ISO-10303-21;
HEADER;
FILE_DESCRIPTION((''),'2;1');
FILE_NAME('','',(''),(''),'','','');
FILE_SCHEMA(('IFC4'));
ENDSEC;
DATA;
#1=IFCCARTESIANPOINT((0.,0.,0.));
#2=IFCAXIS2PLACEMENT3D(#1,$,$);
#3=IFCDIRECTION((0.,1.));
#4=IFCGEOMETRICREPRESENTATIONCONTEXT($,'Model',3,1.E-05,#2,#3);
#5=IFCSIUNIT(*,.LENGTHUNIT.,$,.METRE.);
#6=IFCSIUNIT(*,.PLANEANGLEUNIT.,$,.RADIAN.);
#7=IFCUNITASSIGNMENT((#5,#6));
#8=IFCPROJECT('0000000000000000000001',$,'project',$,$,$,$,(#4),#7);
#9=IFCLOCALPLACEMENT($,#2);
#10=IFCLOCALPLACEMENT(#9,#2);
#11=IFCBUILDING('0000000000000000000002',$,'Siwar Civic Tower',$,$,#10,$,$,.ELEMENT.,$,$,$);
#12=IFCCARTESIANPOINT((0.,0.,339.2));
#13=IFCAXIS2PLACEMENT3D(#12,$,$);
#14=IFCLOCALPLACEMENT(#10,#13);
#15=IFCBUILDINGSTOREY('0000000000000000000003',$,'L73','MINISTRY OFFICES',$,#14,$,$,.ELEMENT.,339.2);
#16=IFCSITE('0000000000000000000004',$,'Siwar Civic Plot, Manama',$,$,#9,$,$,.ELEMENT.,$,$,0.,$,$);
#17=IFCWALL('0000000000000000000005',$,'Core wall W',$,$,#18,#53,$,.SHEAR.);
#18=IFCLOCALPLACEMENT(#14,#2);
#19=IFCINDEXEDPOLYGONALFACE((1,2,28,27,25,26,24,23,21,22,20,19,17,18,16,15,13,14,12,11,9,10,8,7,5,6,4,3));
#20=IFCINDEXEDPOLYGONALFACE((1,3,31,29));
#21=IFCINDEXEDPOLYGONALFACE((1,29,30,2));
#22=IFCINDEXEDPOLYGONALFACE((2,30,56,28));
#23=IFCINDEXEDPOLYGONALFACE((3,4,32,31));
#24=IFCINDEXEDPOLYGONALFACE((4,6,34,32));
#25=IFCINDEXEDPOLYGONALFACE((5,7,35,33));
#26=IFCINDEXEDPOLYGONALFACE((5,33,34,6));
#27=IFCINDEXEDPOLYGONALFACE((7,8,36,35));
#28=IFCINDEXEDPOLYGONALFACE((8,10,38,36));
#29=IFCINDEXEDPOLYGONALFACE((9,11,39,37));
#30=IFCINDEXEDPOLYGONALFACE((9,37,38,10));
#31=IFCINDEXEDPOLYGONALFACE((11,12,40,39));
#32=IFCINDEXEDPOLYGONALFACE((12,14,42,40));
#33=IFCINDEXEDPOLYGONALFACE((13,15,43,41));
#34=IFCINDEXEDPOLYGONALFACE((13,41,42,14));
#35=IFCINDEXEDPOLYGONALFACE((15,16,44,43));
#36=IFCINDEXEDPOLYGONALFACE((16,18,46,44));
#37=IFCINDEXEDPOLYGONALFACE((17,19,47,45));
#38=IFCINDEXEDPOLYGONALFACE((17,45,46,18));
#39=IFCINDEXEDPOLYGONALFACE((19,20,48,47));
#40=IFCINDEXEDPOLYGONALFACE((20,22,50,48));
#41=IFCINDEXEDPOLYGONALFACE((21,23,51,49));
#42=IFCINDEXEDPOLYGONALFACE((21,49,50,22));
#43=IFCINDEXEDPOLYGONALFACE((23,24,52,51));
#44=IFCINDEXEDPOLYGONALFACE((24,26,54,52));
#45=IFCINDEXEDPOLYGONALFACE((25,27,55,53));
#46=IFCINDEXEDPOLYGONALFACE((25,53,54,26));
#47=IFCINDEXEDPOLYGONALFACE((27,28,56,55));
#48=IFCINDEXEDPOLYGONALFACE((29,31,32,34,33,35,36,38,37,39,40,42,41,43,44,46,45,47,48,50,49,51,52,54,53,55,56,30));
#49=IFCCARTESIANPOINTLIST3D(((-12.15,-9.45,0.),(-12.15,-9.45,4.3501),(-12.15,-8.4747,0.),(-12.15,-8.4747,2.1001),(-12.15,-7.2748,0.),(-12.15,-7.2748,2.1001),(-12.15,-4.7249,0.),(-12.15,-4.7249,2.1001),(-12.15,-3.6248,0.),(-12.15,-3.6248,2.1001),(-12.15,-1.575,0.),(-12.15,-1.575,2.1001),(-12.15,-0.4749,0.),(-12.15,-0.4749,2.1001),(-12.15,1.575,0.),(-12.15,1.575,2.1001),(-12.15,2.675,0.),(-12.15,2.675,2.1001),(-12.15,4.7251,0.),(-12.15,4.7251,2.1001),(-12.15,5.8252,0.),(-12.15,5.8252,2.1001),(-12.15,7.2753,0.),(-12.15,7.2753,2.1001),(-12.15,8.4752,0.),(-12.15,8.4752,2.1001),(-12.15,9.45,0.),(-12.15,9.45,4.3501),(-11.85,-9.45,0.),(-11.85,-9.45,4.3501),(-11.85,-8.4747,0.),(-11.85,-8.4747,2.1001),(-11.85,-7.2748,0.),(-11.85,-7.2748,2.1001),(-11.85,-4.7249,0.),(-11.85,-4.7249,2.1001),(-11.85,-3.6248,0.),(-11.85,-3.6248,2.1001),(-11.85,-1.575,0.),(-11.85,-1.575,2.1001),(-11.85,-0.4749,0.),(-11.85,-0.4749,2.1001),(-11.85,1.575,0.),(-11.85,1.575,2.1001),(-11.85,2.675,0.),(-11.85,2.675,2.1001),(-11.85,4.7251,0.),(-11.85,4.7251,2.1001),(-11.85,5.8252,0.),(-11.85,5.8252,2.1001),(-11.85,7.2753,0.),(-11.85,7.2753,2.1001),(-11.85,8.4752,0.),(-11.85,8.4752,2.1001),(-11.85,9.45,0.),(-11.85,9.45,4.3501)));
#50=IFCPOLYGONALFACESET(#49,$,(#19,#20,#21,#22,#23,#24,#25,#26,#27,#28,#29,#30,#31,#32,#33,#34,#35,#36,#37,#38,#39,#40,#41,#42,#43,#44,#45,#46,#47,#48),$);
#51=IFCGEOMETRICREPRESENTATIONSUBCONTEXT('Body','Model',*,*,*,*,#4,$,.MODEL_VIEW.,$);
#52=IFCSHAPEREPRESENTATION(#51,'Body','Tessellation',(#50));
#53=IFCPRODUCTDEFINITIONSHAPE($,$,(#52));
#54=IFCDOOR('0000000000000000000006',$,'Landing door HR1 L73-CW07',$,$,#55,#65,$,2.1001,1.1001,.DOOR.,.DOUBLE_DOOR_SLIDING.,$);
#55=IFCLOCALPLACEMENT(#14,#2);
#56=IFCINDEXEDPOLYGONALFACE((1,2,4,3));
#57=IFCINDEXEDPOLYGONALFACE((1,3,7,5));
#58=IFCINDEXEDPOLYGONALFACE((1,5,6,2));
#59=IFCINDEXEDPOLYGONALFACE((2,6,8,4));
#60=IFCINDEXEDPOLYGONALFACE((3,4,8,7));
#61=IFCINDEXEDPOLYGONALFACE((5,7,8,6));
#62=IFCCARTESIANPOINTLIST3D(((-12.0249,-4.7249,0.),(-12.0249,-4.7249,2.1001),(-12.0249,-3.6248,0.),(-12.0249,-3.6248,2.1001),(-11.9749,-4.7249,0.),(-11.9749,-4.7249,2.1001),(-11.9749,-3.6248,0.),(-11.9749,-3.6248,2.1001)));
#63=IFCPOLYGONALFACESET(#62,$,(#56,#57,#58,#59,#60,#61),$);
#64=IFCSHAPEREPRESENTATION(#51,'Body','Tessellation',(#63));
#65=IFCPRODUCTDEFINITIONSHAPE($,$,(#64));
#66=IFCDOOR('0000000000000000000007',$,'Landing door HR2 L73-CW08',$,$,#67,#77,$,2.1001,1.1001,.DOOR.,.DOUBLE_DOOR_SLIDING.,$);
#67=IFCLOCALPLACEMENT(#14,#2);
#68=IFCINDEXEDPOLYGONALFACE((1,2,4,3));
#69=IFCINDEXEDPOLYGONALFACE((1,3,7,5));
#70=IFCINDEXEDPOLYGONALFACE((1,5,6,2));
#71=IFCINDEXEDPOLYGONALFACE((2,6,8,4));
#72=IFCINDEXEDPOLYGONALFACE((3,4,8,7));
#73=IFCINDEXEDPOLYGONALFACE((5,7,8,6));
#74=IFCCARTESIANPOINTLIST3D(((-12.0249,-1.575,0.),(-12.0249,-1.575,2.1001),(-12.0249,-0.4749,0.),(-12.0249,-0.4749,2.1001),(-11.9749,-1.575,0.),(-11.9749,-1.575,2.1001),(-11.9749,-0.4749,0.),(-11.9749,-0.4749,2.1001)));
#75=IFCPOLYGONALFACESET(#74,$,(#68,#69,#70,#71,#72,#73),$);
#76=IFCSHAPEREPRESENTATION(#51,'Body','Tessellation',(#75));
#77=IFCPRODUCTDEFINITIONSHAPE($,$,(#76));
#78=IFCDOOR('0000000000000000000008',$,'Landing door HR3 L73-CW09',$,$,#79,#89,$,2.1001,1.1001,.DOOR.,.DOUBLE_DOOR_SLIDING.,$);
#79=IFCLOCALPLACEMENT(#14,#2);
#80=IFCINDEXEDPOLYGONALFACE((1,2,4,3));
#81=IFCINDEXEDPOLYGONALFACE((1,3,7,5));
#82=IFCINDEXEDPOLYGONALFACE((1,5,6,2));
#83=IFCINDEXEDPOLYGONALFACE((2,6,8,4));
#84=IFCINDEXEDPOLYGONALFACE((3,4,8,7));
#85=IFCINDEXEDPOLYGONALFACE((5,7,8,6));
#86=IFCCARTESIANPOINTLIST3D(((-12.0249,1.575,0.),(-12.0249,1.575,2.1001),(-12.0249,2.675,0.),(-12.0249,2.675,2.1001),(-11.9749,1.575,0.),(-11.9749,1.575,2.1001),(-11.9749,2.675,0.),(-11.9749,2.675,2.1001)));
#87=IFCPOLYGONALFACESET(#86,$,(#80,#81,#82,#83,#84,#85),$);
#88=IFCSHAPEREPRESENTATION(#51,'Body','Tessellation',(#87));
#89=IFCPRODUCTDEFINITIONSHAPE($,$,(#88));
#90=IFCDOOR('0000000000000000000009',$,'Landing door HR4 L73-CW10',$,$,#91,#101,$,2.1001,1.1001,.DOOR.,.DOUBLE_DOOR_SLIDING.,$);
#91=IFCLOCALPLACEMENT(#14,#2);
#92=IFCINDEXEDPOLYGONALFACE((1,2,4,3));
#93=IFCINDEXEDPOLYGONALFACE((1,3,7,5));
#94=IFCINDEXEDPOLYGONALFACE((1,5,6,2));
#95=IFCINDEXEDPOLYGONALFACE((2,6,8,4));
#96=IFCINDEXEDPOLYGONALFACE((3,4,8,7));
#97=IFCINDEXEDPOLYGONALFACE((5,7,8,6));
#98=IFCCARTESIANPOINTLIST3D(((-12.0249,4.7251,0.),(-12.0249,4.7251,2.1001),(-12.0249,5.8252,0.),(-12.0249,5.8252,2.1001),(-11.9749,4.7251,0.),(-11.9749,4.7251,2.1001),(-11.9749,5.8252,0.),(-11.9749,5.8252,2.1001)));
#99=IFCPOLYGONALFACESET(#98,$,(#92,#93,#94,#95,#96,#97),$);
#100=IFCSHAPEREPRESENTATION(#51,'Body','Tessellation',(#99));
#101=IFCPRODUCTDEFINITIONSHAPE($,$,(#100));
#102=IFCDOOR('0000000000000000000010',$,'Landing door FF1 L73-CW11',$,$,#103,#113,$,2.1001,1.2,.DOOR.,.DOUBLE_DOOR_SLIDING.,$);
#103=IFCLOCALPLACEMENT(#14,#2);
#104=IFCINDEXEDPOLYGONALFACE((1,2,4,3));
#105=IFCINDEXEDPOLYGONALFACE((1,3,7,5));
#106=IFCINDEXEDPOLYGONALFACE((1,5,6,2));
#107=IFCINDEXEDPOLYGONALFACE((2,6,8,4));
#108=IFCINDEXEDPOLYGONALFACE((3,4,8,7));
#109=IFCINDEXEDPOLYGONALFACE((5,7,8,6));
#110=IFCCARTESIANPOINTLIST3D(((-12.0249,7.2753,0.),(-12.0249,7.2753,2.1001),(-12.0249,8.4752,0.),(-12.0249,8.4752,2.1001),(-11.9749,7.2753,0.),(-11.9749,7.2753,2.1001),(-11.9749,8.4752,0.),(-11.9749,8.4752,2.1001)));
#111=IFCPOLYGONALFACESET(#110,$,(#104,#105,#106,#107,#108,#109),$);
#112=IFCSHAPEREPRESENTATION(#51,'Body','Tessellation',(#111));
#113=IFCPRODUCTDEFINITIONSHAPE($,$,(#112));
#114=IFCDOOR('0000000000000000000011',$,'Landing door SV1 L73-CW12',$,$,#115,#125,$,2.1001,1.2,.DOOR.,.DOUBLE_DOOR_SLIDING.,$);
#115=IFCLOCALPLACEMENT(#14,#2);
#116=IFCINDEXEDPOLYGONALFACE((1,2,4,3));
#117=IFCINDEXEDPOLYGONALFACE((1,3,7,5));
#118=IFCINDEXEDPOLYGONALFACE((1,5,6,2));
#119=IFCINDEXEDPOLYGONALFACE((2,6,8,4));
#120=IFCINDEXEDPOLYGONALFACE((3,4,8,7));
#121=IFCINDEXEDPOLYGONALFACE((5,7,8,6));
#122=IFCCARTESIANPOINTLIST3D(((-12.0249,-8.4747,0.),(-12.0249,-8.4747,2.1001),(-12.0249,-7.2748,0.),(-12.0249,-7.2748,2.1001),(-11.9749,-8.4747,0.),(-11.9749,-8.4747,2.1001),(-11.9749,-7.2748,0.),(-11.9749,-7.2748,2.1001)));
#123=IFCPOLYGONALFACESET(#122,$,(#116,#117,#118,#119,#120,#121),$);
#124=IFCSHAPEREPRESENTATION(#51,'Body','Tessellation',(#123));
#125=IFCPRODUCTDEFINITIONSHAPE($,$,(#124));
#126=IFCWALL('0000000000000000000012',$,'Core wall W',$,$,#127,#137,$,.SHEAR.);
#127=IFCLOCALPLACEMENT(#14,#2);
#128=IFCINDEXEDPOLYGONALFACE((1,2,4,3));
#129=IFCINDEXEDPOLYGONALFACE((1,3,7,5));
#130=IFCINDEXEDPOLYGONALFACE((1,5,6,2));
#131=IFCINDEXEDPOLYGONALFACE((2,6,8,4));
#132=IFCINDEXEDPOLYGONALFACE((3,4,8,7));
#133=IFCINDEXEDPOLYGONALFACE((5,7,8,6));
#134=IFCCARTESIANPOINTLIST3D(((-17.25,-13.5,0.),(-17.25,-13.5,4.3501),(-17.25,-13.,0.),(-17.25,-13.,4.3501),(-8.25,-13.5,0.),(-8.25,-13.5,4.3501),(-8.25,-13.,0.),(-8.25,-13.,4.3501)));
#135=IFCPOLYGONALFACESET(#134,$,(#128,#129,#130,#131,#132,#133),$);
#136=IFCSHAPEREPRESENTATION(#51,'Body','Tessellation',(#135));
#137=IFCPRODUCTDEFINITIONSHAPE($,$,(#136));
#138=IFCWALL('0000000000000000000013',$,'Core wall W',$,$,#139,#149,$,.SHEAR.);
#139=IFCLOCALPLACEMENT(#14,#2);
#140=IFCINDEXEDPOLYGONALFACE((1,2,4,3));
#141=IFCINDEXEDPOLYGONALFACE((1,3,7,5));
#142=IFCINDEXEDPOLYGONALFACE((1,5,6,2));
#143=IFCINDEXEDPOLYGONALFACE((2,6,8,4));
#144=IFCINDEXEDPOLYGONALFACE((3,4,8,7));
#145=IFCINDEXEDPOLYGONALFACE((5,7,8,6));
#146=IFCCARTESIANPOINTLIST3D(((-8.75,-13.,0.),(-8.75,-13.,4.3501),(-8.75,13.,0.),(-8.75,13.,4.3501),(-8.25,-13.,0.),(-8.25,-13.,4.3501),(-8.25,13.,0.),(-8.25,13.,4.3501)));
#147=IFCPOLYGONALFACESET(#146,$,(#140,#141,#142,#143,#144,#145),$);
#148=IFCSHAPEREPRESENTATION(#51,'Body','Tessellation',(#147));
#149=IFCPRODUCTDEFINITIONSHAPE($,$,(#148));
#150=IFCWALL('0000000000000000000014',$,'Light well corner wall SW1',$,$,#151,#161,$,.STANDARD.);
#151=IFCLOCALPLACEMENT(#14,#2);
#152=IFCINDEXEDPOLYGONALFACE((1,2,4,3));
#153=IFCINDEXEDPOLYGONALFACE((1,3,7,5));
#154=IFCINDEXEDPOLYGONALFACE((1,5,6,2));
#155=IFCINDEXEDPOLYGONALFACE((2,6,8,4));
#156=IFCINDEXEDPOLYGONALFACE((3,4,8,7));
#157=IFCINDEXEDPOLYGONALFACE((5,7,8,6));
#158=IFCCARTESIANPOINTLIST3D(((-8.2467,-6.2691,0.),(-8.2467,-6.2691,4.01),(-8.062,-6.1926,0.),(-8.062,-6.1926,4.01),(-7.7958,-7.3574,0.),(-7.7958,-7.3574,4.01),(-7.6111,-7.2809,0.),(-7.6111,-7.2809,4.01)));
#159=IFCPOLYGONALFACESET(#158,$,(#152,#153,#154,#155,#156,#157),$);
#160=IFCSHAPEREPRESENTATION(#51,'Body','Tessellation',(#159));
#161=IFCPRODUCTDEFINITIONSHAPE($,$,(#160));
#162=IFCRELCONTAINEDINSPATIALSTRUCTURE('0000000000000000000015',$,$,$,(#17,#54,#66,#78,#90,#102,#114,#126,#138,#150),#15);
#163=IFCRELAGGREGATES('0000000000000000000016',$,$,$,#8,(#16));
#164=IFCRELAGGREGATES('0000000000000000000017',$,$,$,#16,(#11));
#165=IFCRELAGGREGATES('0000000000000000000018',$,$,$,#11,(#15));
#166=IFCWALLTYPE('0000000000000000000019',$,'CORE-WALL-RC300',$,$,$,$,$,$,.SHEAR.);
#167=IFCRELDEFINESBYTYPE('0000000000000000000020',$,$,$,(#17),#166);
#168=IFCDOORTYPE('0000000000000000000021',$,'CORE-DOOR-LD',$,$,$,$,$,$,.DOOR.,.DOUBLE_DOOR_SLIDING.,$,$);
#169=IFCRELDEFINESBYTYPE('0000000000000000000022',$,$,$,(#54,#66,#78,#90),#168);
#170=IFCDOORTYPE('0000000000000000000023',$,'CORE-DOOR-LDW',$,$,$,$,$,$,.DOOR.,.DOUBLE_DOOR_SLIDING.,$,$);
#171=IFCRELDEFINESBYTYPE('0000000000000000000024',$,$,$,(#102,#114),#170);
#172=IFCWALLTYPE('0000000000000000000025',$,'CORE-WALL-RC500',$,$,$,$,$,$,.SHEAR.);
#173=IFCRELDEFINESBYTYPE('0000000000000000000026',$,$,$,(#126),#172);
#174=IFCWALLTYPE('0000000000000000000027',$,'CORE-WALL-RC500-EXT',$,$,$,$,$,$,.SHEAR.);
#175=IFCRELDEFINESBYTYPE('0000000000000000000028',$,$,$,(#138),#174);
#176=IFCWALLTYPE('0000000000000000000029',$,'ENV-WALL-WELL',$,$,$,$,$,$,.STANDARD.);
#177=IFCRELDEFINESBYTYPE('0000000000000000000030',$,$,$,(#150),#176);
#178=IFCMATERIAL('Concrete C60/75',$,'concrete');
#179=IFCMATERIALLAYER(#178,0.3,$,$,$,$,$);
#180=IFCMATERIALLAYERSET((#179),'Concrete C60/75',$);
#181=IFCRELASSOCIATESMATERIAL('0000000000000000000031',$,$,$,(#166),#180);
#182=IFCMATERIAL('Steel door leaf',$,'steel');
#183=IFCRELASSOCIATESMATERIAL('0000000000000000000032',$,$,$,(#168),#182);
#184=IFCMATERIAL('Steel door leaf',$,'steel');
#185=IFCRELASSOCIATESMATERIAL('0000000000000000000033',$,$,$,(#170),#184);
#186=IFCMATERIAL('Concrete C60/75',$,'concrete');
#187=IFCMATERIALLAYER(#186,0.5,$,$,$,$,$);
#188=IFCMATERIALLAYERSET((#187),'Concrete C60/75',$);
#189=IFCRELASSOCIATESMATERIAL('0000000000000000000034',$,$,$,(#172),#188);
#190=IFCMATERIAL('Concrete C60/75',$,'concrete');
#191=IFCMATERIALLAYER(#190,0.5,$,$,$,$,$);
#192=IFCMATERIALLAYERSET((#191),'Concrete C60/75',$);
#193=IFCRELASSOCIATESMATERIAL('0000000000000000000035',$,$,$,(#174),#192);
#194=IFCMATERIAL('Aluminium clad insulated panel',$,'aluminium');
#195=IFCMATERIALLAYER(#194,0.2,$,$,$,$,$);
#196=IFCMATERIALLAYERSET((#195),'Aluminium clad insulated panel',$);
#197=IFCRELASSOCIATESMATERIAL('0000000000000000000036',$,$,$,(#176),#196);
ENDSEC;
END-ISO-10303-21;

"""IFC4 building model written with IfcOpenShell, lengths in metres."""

from ifc_helpers import new_model, si_unit, direction, frame, frame_2d, origin, place, context, subcontext, project, spatial, rectangle, extrude, material, layer, layer_set, type_object, element, fill, save


model = new_model("IFC4")

# Units and contexts
model_context = context("Model", 3, precision=1e-05, world=origin(), true_north=direction((0.0, 1.0)))
body_context = subcontext(model_context, "Body", "Model", "MODEL_VIEW")
ifc_project = project(units=[si_unit("LENGTHUNIT", "METRE"), si_unit("PLANEANGLEUNIT", "RADIAN")], contexts=[model_context])

# Site, building, storey
site_placement = place(None, origin())
site = spatial("IfcSite", under=ifc_project, at=site_placement, Name="Siwar Civic Plot, Manama", CompositionType="ELEMENT", RefElevation=0.0)
building_placement = place(site_placement, origin())
building = spatial("IfcBuilding", under=site, at=building_placement, Name="Siwar Civic Tower", CompositionType="ELEMENT")
storey_placement = place(building_placement, frame((0.0, 0.0, 339.2)))
storey = spatial("IfcBuildingStorey", under=building, at=storey_placement, Name="L73", Description="MINISTRY OFFICES", CompositionType="ELEMENT", Elevation=339.2)

# Wall, openings, doors
ifc_material_1 = material(Name="Concrete C60/75", Category="concrete")
ifc_layer_1 = layer(ifc_material_1, 0.3)
ifc_layer_set_1 = layer_set([ifc_layer_1], Name="Concrete C60/75")
wall_type_1 = type_object("IfcWallType", Name="CORE-WALL-RC300", PredefinedType="SHEAR", material=ifc_layer_set_1)
wall_1_placement = place(storey_placement, frame((-12.0, -9.45, 0.0), z_axis=(0.0, 0.0, 1.0), x_axis=(0.0, 1.0, 0.0)))
wall_1 = element("IfcWall", 1, at=wall_1_placement, inside=storey, type_object=wall_type_1, Name="Core wall W", PredefinedType="SHEAR", context=body_context, shape_type="SweptSolid", body=[
    extrude(rectangle(XDim=18.8999, YDim=0.3, at=frame_2d((9.45, 0.0))), origin(), (0.0, 0.0, 1.0), 4.3501),
])
opening_1_placement = place(wall_1_placement, frame((4.7251, 0.0, 0.0)))
opening_1 = element("IfcOpeningElement", 2, at=opening_1_placement, cuts=wall_1, PredefinedType="OPENING", context=body_context, shape_type="SweptSolid", body=[
    extrude(rectangle(XDim=1.1001, YDim=2.1001, at=frame_2d((0.55, 1.05))), frame((0.0, 0.1602, 0.0), z_axis=(0.0, -1.0, 0.0), x_axis=(1.0, 0.0, 0.0)), (0.0, 0.0, 1.0), 0.3201),
])
opening_2_placement = place(wall_1_placement, frame((7.875, 0.0, 0.0)))
opening_2 = element("IfcOpeningElement", 3, at=opening_2_placement, cuts=wall_1, PredefinedType="OPENING", context=body_context, shape_type="SweptSolid", body=[
    extrude(rectangle(XDim=1.1001, YDim=2.1001, at=frame_2d((0.55, 1.05))), frame((0.0, 0.1602, 0.0), z_axis=(0.0, -1.0, 0.0), x_axis=(1.0, 0.0, 0.0)), (0.0, 0.0, 1.0), 0.3201),
])
opening_3_placement = place(wall_1_placement, frame((11.0249, 0.0, 0.0)))
opening_3 = element("IfcOpeningElement", 4, at=opening_3_placement, cuts=wall_1, PredefinedType="OPENING", context=body_context, shape_type="SweptSolid", body=[
    extrude(rectangle(XDim=1.1001, YDim=2.1001, at=frame_2d((0.55, 1.05))), frame((0.0, 0.1602, 0.0), z_axis=(0.0, -1.0, 0.0), x_axis=(1.0, 0.0, 0.0)), (0.0, 0.0, 1.0), 0.3201),
])
opening_4_placement = place(wall_1_placement, frame((14.175, 0.0, 0.0)))
opening_4 = element("IfcOpeningElement", 5, at=opening_4_placement, cuts=wall_1, PredefinedType="OPENING", context=body_context, shape_type="SweptSolid", body=[
    extrude(rectangle(XDim=1.1001, YDim=2.1001, at=frame_2d((0.55, 1.05))), frame((0.0, 0.1602, 0.0), z_axis=(0.0, -1.0, 0.0), x_axis=(1.0, 0.0, 0.0)), (0.0, 0.0, 1.0), 0.3201),
])
opening_5_placement = place(wall_1_placement, frame((16.7251, 0.0, 0.0)))
opening_5 = element("IfcOpeningElement", 6, at=opening_5_placement, cuts=wall_1, PredefinedType="OPENING", context=body_context, shape_type="SweptSolid", body=[
    extrude(rectangle(XDim=1.2, YDim=2.1001, at=frame_2d((0.6001, 1.05))), frame((0.0, 0.1602, 0.0), z_axis=(0.0, -1.0, 0.0), x_axis=(1.0, 0.0, 0.0)), (0.0, 0.0, 1.0), 0.3201),
])
opening_6_placement = place(wall_1_placement, frame((0.9751, 0.0, 0.0)))
opening_6 = element("IfcOpeningElement", 7, at=opening_6_placement, cuts=wall_1, PredefinedType="OPENING", context=body_context, shape_type="SweptSolid", body=[
    extrude(rectangle(XDim=1.2, YDim=2.1001, at=frame_2d((0.6001, 1.05))), frame((0.0, 0.1602, 0.0), z_axis=(0.0, -1.0, 0.0), x_axis=(1.0, 0.0, 0.0)), (0.0, 0.0, 1.0), 0.3201),
])
ifc_material_2 = material(Name="Steel door leaf", Category="steel")
door_type_1 = type_object("IfcDoorType", Name="CORE-DOOR-LD", OperationType="DOUBLE_DOOR_SLIDING", PredefinedType="DOOR", material=ifc_material_2)
door_1_placement = place(opening_1_placement, origin())
door_1 = element("IfcDoor", 8, at=door_1_placement, inside=storey, type_object=door_type_1, Name="Landing door HR1 L73-CW07", OperationType="DOUBLE_DOOR_SLIDING", OverallHeight=2.1001, OverallWidth=1.1001, PredefinedType="DOOR", context=body_context, shape_type="SweptSolid", body=[
    extrude(rectangle(XDim=1.1001, YDim=2.1001, at=frame_2d((0.55, 1.05))), frame((0.0, 0.0249, 0.0), z_axis=(0.0, -1.0, 0.0), x_axis=(1.0, 0.0, 0.0)), (0.0, 0.0, 1.0), 0.05),
])
fill(opening_1, door_1)
door_2_placement = place(opening_2_placement, origin())
door_2 = element("IfcDoor", 9, at=door_2_placement, inside=storey, type_object=door_type_1, Name="Landing door HR2 L73-CW08", OperationType="DOUBLE_DOOR_SLIDING", OverallHeight=2.1001, OverallWidth=1.1001, PredefinedType="DOOR", context=body_context, shape_type="SweptSolid", body=[
    extrude(rectangle(XDim=1.1001, YDim=2.1001, at=frame_2d((0.55, 1.05))), frame((0.0, 0.0249, 0.0), z_axis=(0.0, -1.0, 0.0), x_axis=(1.0, 0.0, 0.0)), (0.0, 0.0, 1.0), 0.05),
])
fill(opening_2, door_2)
door_3_placement = place(opening_3_placement, origin())
door_3 = element("IfcDoor", 10, at=door_3_placement, inside=storey, type_object=door_type_1, Name="Landing door HR3 L73-CW09", OperationType="DOUBLE_DOOR_SLIDING", OverallHeight=2.1001, OverallWidth=1.1001, PredefinedType="DOOR", context=body_context, shape_type="SweptSolid", body=[
    extrude(rectangle(XDim=1.1001, YDim=2.1001, at=frame_2d((0.55, 1.05))), frame((0.0, 0.0249, 0.0), z_axis=(0.0, -1.0, 0.0), x_axis=(1.0, 0.0, 0.0)), (0.0, 0.0, 1.0), 0.05),
])
fill(opening_3, door_3)
door_4_placement = place(opening_4_placement, origin())
door_4 = element("IfcDoor", 11, at=door_4_placement, inside=storey, type_object=door_type_1, Name="Landing door HR4 L73-CW10", OperationType="DOUBLE_DOOR_SLIDING", OverallHeight=2.1001, OverallWidth=1.1001, PredefinedType="DOOR", context=body_context, shape_type="SweptSolid", body=[
    extrude(rectangle(XDim=1.1001, YDim=2.1001, at=frame_2d((0.55, 1.05))), frame((0.0, 0.0249, 0.0), z_axis=(0.0, -1.0, 0.0), x_axis=(1.0, 0.0, 0.0)), (0.0, 0.0, 1.0), 0.05),
])
fill(opening_4, door_4)
ifc_material_3 = material(Name="Steel door leaf", Category="steel")
door_type_2 = type_object("IfcDoorType", Name="CORE-DOOR-LDW", OperationType="DOUBLE_DOOR_SLIDING", PredefinedType="DOOR", material=ifc_material_3)
door_5_placement = place(opening_5_placement, origin())
door_5 = element("IfcDoor", 12, at=door_5_placement, inside=storey, type_object=door_type_2, Name="Landing door FF1 L73-CW11", OperationType="DOUBLE_DOOR_SLIDING", OverallHeight=2.1001, OverallWidth=1.2, PredefinedType="DOOR", context=body_context, shape_type="SweptSolid", body=[
    extrude(rectangle(XDim=1.2, YDim=2.1001, at=frame_2d((0.6001, 1.05))), frame((0.0, 0.0249, 0.0), z_axis=(0.0, -1.0, 0.0), x_axis=(1.0, 0.0, 0.0)), (0.0, 0.0, 1.0), 0.05),
])
fill(opening_5, door_5)
door_6_placement = place(opening_6_placement, origin())
door_6 = element("IfcDoor", 13, at=door_6_placement, inside=storey, type_object=door_type_2, Name="Landing door SV1 L73-CW12", OperationType="DOUBLE_DOOR_SLIDING", OverallHeight=2.1001, OverallWidth=1.2, PredefinedType="DOOR", context=body_context, shape_type="SweptSolid", body=[
    extrude(rectangle(XDim=1.2, YDim=2.1001, at=frame_2d((0.6001, 1.05))), frame((0.0, 0.0249, 0.0), z_axis=(0.0, -1.0, 0.0), x_axis=(1.0, 0.0, 0.0)), (0.0, 0.0, 1.0), 0.05),
])
fill(opening_6, door_6)

# Walls
ifc_material_4 = material(Name="Concrete C60/75", Category="concrete")
ifc_layer_2 = layer(ifc_material_4, 0.5)
ifc_layer_set_2 = layer_set([ifc_layer_2], Name="Concrete C60/75")
wall_type_2 = type_object("IfcWallType", Name="CORE-WALL-RC500", PredefinedType="SHEAR", material=ifc_layer_set_2)
wall_2_placement = place(storey_placement, frame((-8.25, -13.25, 0.0), z_axis=(0.0, 0.0, 1.0), x_axis=(-1.0, 0.0, 0.0)))
element("IfcWall", 14, at=wall_2_placement, inside=storey, type_object=wall_type_2, Name="Core wall W", PredefinedType="SHEAR", context=body_context, shape_type="SweptSolid", body=[
    extrude(rectangle(XDim=9.0, YDim=0.5, at=frame_2d((4.5, 0.0))), origin(), (0.0, 0.0, 1.0), 4.3501),
])
ifc_material_5 = material(Name="Concrete C60/75", Category="concrete")
ifc_layer_3 = layer(ifc_material_5, 0.5)
ifc_layer_set_3 = layer_set([ifc_layer_3], Name="Concrete C60/75")
wall_type_3 = type_object("IfcWallType", Name="CORE-WALL-RC500-EXT", PredefinedType="SHEAR", material=ifc_layer_set_3)
wall_3_placement = place(storey_placement, frame((-8.5, -13.0, 0.0), z_axis=(0.0, 0.0, 1.0), x_axis=(0.0, 1.0, 0.0)))
element("IfcWall", 15, at=wall_3_placement, inside=storey, type_object=wall_type_3, Name="Core wall W", PredefinedType="SHEAR", context=body_context, shape_type="SweptSolid", body=[
    extrude(rectangle(XDim=26.0, YDim=0.5, at=frame_2d((13.0, 0.0))), origin(), (0.0, 0.0, 1.0), 4.3501),
])
ifc_material_6 = material(Name="Aluminium clad insulated panel", Category="aluminium")
ifc_layer_4 = layer(ifc_material_6, 0.2)
ifc_layer_set_4 = layer_set([ifc_layer_4], Name="Aluminium clad insulated panel")
wall_type_4 = type_object("IfcWallType", Name="ENV-WALL-WELL", PredefinedType="STANDARD", material=ifc_layer_set_4)
wall_4_placement = place(storey_placement, frame((-8.1543, -6.231, 0.0), z_axis=(0.0, 0.0, 1.0), x_axis=(0.382761, -0.923848, 0.0)))
element("IfcWall", 16, at=wall_4_placement, inside=storey, type_object=wall_type_4, Name="Light well corner wall SW1", PredefinedType="STANDARD", context=body_context, shape_type="SweptSolid", body=[
    extrude(rectangle(XDim=1.178, YDim=0.2, at=frame_2d((0.5889, 0.0))), origin(), (0.0, 0.0, 1.0), 4.01),
])

save(model, "model.ifc")
